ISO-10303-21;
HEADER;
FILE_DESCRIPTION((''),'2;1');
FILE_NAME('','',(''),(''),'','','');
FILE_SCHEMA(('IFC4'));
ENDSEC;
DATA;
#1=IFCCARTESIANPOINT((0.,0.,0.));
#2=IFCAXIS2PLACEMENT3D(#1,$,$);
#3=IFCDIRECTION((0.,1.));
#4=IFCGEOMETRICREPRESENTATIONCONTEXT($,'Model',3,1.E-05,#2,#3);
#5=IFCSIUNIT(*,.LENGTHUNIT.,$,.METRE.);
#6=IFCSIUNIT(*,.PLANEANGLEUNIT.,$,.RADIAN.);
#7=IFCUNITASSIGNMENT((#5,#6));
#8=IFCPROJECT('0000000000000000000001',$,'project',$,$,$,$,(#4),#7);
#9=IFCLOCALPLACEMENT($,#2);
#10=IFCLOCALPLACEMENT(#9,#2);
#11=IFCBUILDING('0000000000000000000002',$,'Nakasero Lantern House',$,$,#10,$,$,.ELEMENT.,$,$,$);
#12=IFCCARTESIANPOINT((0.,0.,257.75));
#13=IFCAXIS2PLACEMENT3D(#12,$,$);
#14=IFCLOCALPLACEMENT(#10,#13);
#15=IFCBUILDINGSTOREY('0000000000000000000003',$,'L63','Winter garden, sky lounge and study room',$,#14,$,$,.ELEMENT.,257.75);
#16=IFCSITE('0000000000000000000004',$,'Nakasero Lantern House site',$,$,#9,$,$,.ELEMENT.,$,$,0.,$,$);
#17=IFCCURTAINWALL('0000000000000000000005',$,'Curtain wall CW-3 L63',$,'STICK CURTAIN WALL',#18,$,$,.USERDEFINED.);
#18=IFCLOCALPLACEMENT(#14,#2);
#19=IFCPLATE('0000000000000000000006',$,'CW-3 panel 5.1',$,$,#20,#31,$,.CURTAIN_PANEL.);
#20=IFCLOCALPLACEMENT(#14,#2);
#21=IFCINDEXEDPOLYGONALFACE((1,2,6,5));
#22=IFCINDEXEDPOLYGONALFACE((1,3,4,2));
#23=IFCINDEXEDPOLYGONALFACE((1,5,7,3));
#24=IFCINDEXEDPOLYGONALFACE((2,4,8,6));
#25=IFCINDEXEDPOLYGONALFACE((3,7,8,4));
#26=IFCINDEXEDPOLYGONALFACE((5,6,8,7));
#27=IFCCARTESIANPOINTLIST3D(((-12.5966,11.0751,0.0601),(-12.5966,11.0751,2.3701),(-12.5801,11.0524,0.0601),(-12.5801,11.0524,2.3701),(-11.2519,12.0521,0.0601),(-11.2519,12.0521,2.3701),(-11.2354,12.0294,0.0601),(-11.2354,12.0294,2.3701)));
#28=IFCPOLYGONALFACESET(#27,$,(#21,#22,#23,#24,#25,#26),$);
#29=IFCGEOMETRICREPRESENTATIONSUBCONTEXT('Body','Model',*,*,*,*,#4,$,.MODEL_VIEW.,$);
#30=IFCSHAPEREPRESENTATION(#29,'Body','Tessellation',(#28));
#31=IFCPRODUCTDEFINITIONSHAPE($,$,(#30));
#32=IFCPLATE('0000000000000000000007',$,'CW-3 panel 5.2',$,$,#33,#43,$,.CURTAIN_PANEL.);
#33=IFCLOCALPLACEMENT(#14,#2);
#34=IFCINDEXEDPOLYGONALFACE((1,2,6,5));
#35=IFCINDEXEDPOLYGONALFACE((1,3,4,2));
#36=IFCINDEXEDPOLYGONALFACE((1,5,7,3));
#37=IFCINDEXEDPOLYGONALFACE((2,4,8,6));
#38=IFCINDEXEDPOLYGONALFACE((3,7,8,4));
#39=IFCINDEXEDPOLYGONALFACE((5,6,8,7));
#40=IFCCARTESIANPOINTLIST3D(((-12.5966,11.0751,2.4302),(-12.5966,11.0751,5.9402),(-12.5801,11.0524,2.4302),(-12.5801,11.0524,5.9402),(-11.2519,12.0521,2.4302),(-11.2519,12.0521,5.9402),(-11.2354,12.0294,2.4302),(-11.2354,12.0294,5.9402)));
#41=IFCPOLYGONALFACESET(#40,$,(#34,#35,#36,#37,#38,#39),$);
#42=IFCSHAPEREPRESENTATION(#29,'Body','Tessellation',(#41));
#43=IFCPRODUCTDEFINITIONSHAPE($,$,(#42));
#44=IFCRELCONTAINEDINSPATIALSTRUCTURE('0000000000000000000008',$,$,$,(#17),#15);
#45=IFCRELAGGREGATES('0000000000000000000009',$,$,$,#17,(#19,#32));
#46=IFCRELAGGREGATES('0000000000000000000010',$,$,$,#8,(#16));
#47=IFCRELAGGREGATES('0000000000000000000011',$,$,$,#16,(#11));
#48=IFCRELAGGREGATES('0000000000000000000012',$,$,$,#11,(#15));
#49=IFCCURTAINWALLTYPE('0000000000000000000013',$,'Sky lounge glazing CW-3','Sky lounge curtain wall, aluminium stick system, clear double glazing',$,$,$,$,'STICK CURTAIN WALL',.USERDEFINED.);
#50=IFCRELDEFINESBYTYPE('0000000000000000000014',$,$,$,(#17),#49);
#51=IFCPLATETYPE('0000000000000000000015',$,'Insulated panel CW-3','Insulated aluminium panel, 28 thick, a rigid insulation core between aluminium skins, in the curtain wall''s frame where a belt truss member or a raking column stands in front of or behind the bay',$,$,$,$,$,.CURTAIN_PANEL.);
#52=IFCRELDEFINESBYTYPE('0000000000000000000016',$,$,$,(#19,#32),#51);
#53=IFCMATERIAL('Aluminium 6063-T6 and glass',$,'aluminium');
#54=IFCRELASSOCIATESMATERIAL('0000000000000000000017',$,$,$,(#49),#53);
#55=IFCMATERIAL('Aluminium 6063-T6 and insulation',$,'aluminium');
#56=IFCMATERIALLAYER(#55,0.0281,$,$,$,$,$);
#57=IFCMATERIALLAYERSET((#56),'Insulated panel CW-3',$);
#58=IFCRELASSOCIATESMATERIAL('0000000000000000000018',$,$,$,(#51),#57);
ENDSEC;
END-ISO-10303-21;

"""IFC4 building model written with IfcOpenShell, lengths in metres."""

from ifc_helpers import new_model, si_unit, direction, frame, origin, origin_2d, place, context, subcontext, project, spatial, rectangle, extrude, material, layer, layer_set, type_object, element, aggregate, save


model = new_model("IFC4")

# Units and contexts
model_context = context("Model", 3, precision=1e-05, world=origin(), true_north=direction((0.0, 1.0)))
body_context = subcontext(model_context, "Body", "Model", "MODEL_VIEW")
ifc_project = project(units=[si_unit("LENGTHUNIT", "METRE"), si_unit("PLANEANGLEUNIT", "RADIAN")], contexts=[model_context])

# Site, building, storey
site_placement = place(None, origin())
site = spatial("IfcSite", under=ifc_project, at=site_placement, Name="Nakasero Lantern House site", CompositionType="ELEMENT", RefElevation=0.0)
building_placement = place(site_placement, origin())
building = spatial("IfcBuilding", under=site, at=building_placement, Name="Nakasero Lantern House", CompositionType="ELEMENT")
storey_placement = place(building_placement, frame((0.0, 0.0, 257.75)))
storey = spatial("IfcBuildingStorey", under=building, at=storey_placement, Name="L63", Description="Winter garden, sky lounge and study room", CompositionType="ELEMENT", Elevation=257.75)

# Curtain wall
ifc_material_1 = material(Name="Aluminium 6063-T6 and glass", Category="aluminium")
curtain_wall_type = type_object("IfcCurtainWallType", Name="Sky lounge glazing CW-3", Description="Sky lounge curtain wall, aluminium stick system, clear double glazing", ElementType="STICK CURTAIN WALL", PredefinedType="USERDEFINED", material=ifc_material_1)
curtain_wall_placement = place(storey_placement, origin())
curtain_wall = element("IfcCurtainWall", 1, at=curtain_wall_placement, inside=storey, type_object=curtain_wall_type, Name="Curtain wall CW-3 L63", ObjectType="STICK CURTAIN WALL", PredefinedType="USERDEFINED")

# Plates
ifc_material_2 = material(Name="Aluminium 6063-T6 and insulation", Category="aluminium")
ifc_layer = layer(ifc_material_2, 0.0281)
ifc_layer_set = layer_set([ifc_layer], Name="Insulated panel CW-3")
plate_type = type_object("IfcPlateType", Name="Insulated panel CW-3", Description="Insulated aluminium panel, 28 thick, a rigid insulation core between aluminium skins, in the curtain wall's frame where a belt truss member or a raking column stands in front of or behind the bay", PredefinedType="CURTAIN_PANEL", material=ifc_layer_set)
plate_1_placement = place(storey_placement, frame((-11.916, 11.5522, 0.0601), z_axis=(0.0, 0.0, 1.0), x_axis=(-0.809017, -0.587785, 0.0)))
plate_1 = element("IfcPlate", 2, at=plate_1_placement, type_object=plate_type, Name="CW-3 panel 5.1", PredefinedType="CURTAIN_PANEL", context=body_context, shape_type="SweptSolid", body=[
    extrude(rectangle(XDim=1.6621, YDim=0.0281, at=origin_2d()), origin(), (0.0, 0.0, 1.0), 2.3101),
])
plate_2_placement = place(storey_placement, frame((-11.916, 11.5522, 2.4302), z_axis=(0.0, 0.0, 1.0), x_axis=(-0.809017, -0.587785, 0.0)))
plate_2 = element("IfcPlate", 3, at=plate_2_placement, type_object=plate_type, Name="CW-3 panel 5.2", PredefinedType="CURTAIN_PANEL", context=body_context, shape_type="SweptSolid", body=[
    extrude(rectangle(XDim=1.6621, YDim=0.0281, at=origin_2d()), origin(), (0.0, 0.0, 1.0), 3.51),
])
aggregate(curtain_wall, [plate_1, plate_2])

save(model, "model.ifc")
